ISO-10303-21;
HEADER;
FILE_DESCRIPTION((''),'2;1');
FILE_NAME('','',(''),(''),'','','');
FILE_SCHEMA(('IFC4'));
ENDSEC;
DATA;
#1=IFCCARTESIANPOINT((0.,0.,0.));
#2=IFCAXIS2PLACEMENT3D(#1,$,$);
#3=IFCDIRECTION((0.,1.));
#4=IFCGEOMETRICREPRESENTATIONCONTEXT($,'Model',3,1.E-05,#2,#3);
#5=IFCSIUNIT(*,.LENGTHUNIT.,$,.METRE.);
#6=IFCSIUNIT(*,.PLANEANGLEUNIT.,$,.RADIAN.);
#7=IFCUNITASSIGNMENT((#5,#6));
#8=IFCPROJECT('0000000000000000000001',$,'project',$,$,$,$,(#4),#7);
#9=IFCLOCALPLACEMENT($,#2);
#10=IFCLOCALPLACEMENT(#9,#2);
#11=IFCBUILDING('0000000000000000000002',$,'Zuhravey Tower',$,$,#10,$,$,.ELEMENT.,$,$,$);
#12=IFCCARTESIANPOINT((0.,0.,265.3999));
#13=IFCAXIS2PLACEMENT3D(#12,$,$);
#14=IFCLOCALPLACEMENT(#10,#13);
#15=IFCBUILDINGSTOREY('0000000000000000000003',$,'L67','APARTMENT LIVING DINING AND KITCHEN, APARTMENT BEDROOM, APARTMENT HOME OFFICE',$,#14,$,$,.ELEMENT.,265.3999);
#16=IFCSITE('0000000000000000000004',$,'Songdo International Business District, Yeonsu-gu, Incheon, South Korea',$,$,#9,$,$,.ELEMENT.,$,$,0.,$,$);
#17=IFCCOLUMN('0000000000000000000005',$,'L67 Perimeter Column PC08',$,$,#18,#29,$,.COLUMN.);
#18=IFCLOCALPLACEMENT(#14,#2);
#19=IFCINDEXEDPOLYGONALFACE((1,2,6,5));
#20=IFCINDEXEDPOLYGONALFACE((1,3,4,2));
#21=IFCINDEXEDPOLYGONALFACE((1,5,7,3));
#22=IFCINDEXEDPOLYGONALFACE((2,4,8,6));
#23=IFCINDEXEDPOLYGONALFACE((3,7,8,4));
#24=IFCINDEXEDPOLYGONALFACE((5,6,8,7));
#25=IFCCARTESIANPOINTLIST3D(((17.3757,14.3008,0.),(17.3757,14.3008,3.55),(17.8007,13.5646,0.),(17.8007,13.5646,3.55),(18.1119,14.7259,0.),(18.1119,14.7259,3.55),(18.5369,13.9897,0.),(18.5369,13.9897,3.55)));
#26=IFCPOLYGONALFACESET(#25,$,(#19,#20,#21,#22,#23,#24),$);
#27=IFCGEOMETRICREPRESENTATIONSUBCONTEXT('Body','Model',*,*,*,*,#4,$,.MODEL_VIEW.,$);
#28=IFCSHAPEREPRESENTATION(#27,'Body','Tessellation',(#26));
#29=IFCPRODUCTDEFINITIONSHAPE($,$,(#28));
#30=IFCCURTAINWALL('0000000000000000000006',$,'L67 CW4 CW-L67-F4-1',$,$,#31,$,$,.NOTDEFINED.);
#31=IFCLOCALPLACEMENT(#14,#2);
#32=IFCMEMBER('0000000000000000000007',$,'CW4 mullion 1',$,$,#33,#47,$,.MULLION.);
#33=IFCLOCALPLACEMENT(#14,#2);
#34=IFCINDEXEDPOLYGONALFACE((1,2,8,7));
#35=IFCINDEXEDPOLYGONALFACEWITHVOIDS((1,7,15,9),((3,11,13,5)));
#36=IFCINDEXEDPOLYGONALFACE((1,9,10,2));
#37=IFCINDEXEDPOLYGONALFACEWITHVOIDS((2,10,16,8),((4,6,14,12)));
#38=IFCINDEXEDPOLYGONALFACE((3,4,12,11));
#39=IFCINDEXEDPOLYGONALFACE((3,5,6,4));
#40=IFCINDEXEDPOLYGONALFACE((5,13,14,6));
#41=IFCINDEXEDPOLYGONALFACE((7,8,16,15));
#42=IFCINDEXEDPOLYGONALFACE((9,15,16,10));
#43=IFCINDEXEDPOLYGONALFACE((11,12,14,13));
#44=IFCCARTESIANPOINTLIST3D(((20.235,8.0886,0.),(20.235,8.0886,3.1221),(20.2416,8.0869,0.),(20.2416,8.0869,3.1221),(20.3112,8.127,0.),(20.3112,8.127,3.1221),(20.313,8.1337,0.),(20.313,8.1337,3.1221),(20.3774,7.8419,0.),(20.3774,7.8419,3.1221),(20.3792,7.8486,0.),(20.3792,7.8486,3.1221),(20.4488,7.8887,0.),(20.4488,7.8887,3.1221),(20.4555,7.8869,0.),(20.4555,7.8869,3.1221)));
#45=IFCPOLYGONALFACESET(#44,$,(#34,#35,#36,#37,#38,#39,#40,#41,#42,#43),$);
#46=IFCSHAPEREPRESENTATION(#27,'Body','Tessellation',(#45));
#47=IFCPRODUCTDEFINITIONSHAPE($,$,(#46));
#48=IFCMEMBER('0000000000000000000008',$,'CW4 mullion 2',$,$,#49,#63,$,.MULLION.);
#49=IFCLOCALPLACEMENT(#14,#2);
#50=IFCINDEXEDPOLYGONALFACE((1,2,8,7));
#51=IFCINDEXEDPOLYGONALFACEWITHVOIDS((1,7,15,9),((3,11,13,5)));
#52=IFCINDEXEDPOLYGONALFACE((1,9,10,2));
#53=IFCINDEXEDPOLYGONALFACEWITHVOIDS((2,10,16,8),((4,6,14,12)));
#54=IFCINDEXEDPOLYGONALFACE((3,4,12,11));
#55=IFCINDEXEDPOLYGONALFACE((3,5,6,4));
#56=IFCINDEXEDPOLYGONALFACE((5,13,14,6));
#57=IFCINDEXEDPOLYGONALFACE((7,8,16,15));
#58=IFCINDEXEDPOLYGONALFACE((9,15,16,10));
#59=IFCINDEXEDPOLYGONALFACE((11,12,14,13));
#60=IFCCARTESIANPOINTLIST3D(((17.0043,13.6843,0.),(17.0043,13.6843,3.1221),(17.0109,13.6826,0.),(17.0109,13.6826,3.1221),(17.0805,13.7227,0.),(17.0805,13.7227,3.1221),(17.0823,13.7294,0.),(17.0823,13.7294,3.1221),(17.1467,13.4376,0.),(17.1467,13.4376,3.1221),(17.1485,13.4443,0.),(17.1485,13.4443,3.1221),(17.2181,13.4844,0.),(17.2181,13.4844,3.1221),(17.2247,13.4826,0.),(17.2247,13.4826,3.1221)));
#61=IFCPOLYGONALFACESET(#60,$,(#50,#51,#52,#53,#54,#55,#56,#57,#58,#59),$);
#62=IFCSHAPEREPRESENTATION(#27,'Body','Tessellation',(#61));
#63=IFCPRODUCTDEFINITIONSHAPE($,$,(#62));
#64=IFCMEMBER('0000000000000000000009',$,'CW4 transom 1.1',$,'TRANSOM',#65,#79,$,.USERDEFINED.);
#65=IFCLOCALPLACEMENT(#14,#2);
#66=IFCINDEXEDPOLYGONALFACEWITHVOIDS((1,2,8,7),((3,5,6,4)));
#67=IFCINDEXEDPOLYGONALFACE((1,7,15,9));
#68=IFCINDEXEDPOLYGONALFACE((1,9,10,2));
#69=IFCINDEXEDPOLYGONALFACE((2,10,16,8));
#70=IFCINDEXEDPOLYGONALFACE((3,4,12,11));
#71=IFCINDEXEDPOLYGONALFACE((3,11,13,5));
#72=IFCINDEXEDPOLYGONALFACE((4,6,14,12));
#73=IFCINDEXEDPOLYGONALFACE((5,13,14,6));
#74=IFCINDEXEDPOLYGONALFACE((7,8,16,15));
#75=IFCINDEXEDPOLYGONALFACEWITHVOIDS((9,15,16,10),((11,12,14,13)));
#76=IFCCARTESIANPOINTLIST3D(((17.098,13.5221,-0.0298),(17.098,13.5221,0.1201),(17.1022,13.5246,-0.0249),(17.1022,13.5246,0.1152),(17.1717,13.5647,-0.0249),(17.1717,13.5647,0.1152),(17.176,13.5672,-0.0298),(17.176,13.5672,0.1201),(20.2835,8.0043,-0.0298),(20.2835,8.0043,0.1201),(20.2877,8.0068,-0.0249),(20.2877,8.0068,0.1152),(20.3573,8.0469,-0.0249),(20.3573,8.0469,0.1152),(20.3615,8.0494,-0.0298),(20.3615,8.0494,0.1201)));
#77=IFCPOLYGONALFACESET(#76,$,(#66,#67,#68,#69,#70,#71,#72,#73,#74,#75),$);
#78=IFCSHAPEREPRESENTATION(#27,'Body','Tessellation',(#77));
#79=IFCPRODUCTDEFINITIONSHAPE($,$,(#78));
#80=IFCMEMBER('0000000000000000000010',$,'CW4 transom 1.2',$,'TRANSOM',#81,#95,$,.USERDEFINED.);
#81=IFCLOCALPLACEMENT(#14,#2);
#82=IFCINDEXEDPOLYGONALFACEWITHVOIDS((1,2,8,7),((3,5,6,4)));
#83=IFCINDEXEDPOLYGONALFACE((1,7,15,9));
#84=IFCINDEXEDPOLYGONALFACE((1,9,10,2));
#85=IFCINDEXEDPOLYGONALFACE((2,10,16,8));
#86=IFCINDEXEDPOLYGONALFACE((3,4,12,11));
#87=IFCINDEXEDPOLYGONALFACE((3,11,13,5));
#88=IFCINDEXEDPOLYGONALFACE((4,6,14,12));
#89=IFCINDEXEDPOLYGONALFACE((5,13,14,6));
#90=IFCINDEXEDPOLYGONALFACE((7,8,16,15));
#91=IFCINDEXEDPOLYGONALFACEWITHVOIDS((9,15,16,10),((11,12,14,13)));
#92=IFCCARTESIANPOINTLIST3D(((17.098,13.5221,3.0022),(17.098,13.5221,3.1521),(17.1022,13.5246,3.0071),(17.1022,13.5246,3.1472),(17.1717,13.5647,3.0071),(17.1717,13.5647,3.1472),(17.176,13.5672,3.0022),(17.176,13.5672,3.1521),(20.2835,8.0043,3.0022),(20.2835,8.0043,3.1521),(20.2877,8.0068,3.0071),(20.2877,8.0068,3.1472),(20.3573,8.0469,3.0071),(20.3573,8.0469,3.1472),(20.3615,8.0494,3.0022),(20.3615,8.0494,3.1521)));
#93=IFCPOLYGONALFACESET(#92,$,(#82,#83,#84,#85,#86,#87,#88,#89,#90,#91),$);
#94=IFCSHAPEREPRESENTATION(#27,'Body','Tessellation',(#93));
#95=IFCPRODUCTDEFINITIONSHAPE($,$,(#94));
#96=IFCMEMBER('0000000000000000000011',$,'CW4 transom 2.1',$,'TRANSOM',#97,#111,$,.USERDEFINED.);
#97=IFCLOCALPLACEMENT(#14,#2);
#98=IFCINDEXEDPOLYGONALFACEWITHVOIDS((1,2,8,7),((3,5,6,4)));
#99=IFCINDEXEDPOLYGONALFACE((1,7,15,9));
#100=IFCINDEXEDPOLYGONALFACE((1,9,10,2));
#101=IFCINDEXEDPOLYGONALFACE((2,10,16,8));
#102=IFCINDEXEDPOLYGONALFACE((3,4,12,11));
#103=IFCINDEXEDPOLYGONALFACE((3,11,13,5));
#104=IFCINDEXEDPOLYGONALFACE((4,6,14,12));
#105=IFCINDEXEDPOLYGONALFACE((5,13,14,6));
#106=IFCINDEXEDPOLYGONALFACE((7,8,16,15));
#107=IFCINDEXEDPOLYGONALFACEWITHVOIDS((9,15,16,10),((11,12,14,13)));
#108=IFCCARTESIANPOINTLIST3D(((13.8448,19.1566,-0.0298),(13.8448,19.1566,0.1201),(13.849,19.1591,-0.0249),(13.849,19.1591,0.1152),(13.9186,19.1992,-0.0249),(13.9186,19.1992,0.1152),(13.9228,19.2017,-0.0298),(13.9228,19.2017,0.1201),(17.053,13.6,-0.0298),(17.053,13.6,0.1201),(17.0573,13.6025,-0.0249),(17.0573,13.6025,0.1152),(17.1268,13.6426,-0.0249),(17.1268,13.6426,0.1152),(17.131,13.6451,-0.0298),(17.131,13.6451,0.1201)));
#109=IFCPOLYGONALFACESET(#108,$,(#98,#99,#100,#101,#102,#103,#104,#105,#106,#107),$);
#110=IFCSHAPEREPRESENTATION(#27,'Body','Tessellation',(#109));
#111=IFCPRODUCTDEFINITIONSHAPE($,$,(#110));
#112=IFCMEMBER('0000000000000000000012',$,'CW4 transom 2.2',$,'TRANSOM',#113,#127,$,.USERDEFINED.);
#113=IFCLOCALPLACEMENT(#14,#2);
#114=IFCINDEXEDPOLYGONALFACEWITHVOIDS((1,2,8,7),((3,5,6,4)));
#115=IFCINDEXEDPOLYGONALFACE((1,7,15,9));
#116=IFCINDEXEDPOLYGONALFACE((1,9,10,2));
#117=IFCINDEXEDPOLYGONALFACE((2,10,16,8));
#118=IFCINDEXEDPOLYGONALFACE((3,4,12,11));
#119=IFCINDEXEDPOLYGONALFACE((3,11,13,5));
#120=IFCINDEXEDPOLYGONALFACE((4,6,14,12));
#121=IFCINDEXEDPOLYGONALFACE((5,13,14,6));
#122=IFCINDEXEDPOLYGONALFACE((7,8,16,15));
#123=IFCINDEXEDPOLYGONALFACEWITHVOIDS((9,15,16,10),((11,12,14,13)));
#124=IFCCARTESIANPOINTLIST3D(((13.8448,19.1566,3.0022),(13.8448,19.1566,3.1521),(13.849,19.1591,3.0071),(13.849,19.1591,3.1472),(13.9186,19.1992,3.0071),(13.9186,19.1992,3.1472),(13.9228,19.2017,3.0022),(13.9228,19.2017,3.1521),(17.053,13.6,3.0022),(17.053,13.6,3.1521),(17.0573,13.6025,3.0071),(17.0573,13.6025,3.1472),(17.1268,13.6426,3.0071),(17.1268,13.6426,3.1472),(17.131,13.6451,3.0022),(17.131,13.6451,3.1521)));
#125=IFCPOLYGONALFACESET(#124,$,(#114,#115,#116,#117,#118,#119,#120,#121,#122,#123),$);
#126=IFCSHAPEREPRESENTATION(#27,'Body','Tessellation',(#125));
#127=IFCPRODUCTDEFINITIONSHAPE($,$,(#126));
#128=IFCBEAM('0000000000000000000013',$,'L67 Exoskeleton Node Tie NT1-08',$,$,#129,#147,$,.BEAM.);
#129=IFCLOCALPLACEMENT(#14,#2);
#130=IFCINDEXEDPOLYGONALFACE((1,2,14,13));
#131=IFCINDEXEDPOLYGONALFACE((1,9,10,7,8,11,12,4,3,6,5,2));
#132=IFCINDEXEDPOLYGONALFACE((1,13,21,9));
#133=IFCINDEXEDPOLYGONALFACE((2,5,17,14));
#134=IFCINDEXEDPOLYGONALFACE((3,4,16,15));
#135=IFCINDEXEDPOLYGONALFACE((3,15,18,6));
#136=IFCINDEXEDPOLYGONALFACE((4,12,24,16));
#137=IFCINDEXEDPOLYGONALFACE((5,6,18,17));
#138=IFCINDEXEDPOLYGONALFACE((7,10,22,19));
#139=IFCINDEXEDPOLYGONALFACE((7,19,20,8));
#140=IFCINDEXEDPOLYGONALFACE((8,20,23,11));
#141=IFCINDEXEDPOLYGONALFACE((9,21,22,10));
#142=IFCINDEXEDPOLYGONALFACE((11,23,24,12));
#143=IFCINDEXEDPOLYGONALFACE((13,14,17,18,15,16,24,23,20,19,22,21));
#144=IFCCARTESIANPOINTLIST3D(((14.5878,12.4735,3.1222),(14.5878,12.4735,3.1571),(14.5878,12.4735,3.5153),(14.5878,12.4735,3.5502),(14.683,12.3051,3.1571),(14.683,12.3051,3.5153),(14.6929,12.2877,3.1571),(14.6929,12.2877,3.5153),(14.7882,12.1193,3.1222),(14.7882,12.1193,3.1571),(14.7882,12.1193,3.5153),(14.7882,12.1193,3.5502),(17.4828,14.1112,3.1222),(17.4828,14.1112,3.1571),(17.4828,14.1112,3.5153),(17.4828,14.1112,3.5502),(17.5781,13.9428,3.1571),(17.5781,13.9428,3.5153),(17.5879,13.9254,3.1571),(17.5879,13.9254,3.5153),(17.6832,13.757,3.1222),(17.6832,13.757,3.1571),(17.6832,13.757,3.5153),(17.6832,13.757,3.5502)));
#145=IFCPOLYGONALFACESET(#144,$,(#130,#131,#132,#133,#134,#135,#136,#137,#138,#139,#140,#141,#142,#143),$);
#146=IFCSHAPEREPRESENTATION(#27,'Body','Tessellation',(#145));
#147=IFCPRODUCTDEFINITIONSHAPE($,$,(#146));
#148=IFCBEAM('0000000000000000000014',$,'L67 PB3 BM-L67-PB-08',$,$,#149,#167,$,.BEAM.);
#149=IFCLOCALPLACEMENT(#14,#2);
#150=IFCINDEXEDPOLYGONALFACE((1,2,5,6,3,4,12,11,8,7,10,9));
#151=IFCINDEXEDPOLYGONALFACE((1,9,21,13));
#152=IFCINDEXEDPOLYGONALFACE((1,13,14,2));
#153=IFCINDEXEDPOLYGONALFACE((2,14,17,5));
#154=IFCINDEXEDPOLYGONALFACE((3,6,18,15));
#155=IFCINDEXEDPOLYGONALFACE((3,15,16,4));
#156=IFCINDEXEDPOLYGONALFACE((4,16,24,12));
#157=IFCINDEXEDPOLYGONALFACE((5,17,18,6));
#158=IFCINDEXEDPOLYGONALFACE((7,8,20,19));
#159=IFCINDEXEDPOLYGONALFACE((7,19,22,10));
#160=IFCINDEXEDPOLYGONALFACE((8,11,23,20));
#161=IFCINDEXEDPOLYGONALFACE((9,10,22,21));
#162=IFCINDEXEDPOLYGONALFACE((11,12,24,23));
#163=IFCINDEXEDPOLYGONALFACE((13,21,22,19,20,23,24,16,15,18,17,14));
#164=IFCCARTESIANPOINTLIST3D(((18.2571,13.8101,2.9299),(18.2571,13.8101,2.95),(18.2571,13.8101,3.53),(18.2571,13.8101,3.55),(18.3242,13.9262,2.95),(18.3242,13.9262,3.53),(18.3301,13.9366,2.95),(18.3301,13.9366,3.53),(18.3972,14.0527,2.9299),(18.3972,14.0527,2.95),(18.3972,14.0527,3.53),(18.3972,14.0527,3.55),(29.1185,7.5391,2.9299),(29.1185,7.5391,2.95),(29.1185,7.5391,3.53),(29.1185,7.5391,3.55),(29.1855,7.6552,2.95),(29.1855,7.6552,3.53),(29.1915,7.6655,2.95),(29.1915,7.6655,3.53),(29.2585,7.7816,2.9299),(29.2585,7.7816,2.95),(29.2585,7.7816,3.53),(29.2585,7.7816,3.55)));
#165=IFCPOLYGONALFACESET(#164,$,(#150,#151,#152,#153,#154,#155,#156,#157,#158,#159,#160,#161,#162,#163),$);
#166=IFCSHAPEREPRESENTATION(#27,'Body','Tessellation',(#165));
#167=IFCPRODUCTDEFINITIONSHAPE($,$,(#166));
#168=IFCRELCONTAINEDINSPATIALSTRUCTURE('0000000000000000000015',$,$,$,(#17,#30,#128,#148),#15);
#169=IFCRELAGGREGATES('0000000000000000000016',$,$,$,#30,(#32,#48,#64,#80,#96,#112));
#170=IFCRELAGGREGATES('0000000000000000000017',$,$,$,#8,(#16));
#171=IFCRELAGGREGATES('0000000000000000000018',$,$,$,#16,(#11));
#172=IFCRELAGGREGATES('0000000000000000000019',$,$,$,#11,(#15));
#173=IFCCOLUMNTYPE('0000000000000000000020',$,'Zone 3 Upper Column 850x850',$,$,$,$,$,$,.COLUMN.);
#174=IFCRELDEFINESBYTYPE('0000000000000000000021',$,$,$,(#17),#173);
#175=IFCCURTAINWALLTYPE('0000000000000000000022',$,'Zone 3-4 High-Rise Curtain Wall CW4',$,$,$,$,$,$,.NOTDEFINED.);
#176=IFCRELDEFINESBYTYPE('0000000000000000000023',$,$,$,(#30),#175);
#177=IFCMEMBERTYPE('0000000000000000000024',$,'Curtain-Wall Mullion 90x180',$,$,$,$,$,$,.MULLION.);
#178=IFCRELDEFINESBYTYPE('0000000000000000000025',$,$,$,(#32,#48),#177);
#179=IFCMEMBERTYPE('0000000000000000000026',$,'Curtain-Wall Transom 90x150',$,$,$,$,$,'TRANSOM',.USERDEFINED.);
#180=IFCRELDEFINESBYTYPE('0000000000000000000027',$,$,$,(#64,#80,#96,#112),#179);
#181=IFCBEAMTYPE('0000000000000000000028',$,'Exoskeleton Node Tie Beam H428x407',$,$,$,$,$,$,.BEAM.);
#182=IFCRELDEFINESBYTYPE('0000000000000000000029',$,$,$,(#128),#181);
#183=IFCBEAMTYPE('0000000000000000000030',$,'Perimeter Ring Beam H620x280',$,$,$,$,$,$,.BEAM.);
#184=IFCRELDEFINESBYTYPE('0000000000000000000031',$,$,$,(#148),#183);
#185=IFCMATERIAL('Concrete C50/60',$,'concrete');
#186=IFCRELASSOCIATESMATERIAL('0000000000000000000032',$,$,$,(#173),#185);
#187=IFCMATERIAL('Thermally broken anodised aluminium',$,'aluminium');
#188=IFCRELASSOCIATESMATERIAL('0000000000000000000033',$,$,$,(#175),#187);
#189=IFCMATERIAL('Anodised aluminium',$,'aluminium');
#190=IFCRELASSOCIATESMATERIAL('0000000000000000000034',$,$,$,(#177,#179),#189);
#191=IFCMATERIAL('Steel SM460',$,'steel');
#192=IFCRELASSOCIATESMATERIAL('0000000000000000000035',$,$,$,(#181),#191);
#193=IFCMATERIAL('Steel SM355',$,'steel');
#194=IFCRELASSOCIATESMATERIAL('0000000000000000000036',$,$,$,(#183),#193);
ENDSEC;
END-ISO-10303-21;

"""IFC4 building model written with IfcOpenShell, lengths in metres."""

from ifc_helpers import new_model, si_unit, direction, frame, origin, origin_2d, place, context, subcontext, project, spatial, rectangle, hollow_rectangle, i_section, extrude, material, material_profile, profile_set, type_object, element, aggregate, save


model = new_model("IFC4")

# Units and contexts
model_context = context("Model", 3, precision=1e-05, world=origin(), true_north=direction((0.0, 1.0)))
body_context = subcontext(model_context, "Body", "Model", "MODEL_VIEW")
ifc_project = project(units=[si_unit("LENGTHUNIT", "METRE"), si_unit("PLANEANGLEUNIT", "RADIAN")], contexts=[model_context])

# Site, building, storey
site_placement = place(None, origin())
site = spatial("IfcSite", under=ifc_project, at=site_placement, Name="Songdo International Business District, Yeonsu-gu, Incheon, South Korea", CompositionType="ELEMENT", RefElevation=0.0)
building_placement = place(site_placement, origin())
building = spatial("IfcBuilding", under=site, at=building_placement, Name="Zuhravey Tower", CompositionType="ELEMENT")
storey_placement = place(building_placement, frame((0.0, 0.0, 265.3999)))
storey = spatial("IfcBuildingStorey", under=building, at=storey_placement, Name="L67", Description="APARTMENT LIVING DINING AND KITCHEN, APARTMENT BEDROOM, APARTMENT HOME OFFICE", CompositionType="ELEMENT", Elevation=265.3999)

# Column
ifc_material_1 = material(Name="Concrete C50/60", Category="concrete")
ifc_material_profile_1 = material_profile(ifc_material_1, rectangle(XDim=0.8501, YDim=0.8501, at=origin_2d()), Name="RC-850x850")
ifc_profile_set_1 = profile_set([ifc_material_profile_1], Name="Concrete C50/60")
column_type = type_object("IfcColumnType", Name="Zone 3 Upper Column 850x850", PredefinedType="COLUMN", material=ifc_profile_set_1)
column_placement = place(storey_placement, frame((17.9563, 14.1453, 0.0), z_axis=(0.0, 0.0, 1.0), x_axis=(0.5, -0.866025, 0.0)))
element("IfcColumn", 1, at=column_placement, inside=storey, type_object=column_type, Name="L67 Perimeter Column PC08", PredefinedType="COLUMN", context=body_context, shape_type="SweptSolid", body=[
    extrude(rectangle(XDim=0.8501, YDim=0.8501, at=origin_2d()), origin(), (0.0, 0.0, 1.0), 3.55),
])

# Curtain wall, members
ifc_material_2 = material(Name="Thermally broken anodised aluminium", Category="aluminium")
curtain_wall_type = type_object("IfcCurtainWallType", Name="Zone 3-4 High-Rise Curtain Wall CW4", PredefinedType="NOTDEFINED", material=ifc_material_2)
curtain_wall_placement = place(storey_placement, origin())
curtain_wall = element("IfcCurtainWall", 2, at=curtain_wall_placement, inside=storey, type_object=curtain_wall_type, Name="L67 CW4 CW-L67-F4-1", PredefinedType="NOTDEFINED")
ifc_material_3 = material(Name="Anodised aluminium", Category="aluminium")
ifc_material_profile_2 = material_profile(ifc_material_3, hollow_rectangle(XDim=0.0901, YDim=0.2849, WallThickness=0.0049, at=origin_2d()), Name="ALU-RHS-90x285x5")
ifc_profile_set_2 = profile_set([ifc_material_profile_2], Name="Anodised aluminium")
member_type_1 = type_object("IfcMemberType", Name="Curtain-Wall Mullion 90x180", PredefinedType="MULLION", material=ifc_profile_set_2)
member_1_placement = place(storey_placement, frame((20.3452, 7.9878, 0.0), z_axis=(0.0, 0.0, 1.0), x_axis=(-0.866025, -0.500001, 0.0)))
member_1 = element("IfcMember", 3, at=member_1_placement, type_object=member_type_1, Name="CW4 mullion 1", PredefinedType="MULLION", context=body_context, shape_type="SweptSolid", body=[
    extrude(hollow_rectangle(XDim=0.0901, YDim=0.2849, WallThickness=0.0049, at=origin_2d()), origin(), (0.0, 0.0, 1.0), 3.1221),
])
member_2_placement = place(storey_placement, frame((17.1145, 13.5835, 0.0), z_axis=(0.0, 0.0, 1.0), x_axis=(-0.866025, -0.500001, 0.0)))
member_2 = element("IfcMember", 4, at=member_2_placement, type_object=member_type_1, Name="CW4 mullion 2", PredefinedType="MULLION", context=body_context, shape_type="SweptSolid", body=[
    extrude(hollow_rectangle(XDim=0.0901, YDim=0.2849, WallThickness=0.0049, at=origin_2d()), origin(), (0.0, 0.0, 1.0), 3.1221),
])
ifc_material_profile_3 = material_profile(ifc_material_3, hollow_rectangle(XDim=0.0901, YDim=0.1499, WallThickness=0.0049, at=origin_2d()), Name="ALU-RHS-90x150x5")
ifc_profile_set_3 = profile_set([ifc_material_profile_3], Name="Anodised aluminium")
member_type_2 = type_object("IfcMemberType", Name="Curtain-Wall Transom 90x150", ElementType="TRANSOM", PredefinedType="USERDEFINED", material=ifc_profile_set_3)
member_3_placement = place(storey_placement, frame((20.3225, 8.0269, 0.0452), z_axis=(-0.49998, 0.866037, 0.0), x_axis=(-0.866037, -0.49998, 0.0)))
member_3 = element("IfcMember", 5, at=member_3_placement, type_object=member_type_2, Name="CW4 transom 1.1", ObjectType="TRANSOM", PredefinedType="USERDEFINED", context=body_context, shape_type="SweptSolid", body=[
    extrude(hollow_rectangle(XDim=0.0901, YDim=0.1499, WallThickness=0.0049, at=origin_2d()), origin(), (0.0, 0.0, 1.0), 6.3713),
])
member_4_placement = place(storey_placement, frame((20.3225, 8.0269, 3.0771), z_axis=(-0.49998, 0.866037, 0.0), x_axis=(-0.866037, -0.49998, 0.0)))
member_4 = element("IfcMember", 6, at=member_4_placement, type_object=member_type_2, Name="CW4 transom 1.2", ObjectType="TRANSOM", PredefinedType="USERDEFINED", context=body_context, shape_type="SweptSolid", body=[
    extrude(hollow_rectangle(XDim=0.0901, YDim=0.1499, WallThickness=0.0049, at=origin_2d()), origin(), (0.0, 0.0, 1.0), 6.3713),
])
member_5_placement = place(storey_placement, frame((17.092, 13.6226, 0.0452), z_axis=(-0.500014, 0.866017, 0.0), x_axis=(-0.866017, -0.500014, 0.0)))
member_5 = element("IfcMember", 7, at=member_5_placement, type_object=member_type_2, Name="CW4 transom 2.1", ObjectType="TRANSOM", PredefinedType="USERDEFINED", context=body_context, shape_type="SweptSolid", body=[
    extrude(hollow_rectangle(XDim=0.0901, YDim=0.1499, WallThickness=0.0049, at=origin_2d()), origin(), (0.0, 0.0, 1.0), 6.4163),
])
member_6_placement = place(storey_placement, frame((17.092, 13.6226, 3.0771), z_axis=(-0.500014, 0.866017, 0.0), x_axis=(-0.866017, -0.500014, 0.0)))
member_6 = element("IfcMember", 8, at=member_6_placement, type_object=member_type_2, Name="CW4 transom 2.2", ObjectType="TRANSOM", PredefinedType="USERDEFINED", context=body_context, shape_type="SweptSolid", body=[
    extrude(hollow_rectangle(XDim=0.0901, YDim=0.1499, WallThickness=0.0049, at=origin_2d()), origin(), (0.0, 0.0, 1.0), 6.4163),
])

# Beams
ifc_material_4 = material(Name="Steel SM460", Category="steel")
ifc_material_profile_4 = material_profile(ifc_material_4, i_section(OverallWidth=0.407, OverallDepth=0.428, WebThickness=0.02, FlangeThickness=0.0349, at=origin_2d()), Name="H-428x407x20x35")
ifc_profile_set_4 = profile_set([ifc_material_profile_4], Name="Steel SM460")
beam_type_1 = type_object("IfcBeamType", Name="Exoskeleton Node Tie Beam H428x407", PredefinedType="BEAM", material=ifc_profile_set_4)
beam_1_placement = place(storey_placement, frame((17.583, 13.9341, 3.3362), z_axis=(-0.870385, -0.492372, 0.0), x_axis=(0.492372, -0.870385, 0.0)))
element("IfcBeam", 9, at=beam_1_placement, inside=storey, type_object=beam_type_1, Name="L67 Exoskeleton Node Tie NT1-08", PredefinedType="BEAM", context=body_context, shape_type="SweptSolid", body=[
    extrude(i_section(OverallWidth=0.407, OverallDepth=0.428, WebThickness=0.02, FlangeThickness=0.0349, at=origin_2d()), origin(), (0.0, 0.0, 1.0), 3.3262),
])
ifc_material_5 = material(Name="Steel SM355", Category="steel")
ifc_material_profile_5 = material_profile(ifc_material_5, i_section(OverallWidth=0.28, OverallDepth=0.6201, WebThickness=0.012, FlangeThickness=0.02, at=origin_2d()), Name="H-620x280x12x20")
ifc_profile_set_5 = profile_set([ifc_material_profile_5], Name="Steel SM355")
beam_type_2 = type_object("IfcBeamType", Name="Perimeter Ring Beam H620x280", PredefinedType="BEAM", material=ifc_profile_set_5)
beam_2_placement = place(storey_placement, frame((18.3271, 13.9314, 3.24), z_axis=(0.866018, -0.500012, 0.0), x_axis=(0.500012, 0.866018, 0.0)))
element("IfcBeam", 10, at=beam_2_placement, inside=storey, type_object=beam_type_2, Name="L67 PB3 BM-L67-PB-08", PredefinedType="BEAM", context=body_context, shape_type="SweptSolid", body=[
    extrude(i_section(OverallWidth=0.28, OverallDepth=0.6201, WebThickness=0.012, FlangeThickness=0.02, at=origin_2d()), origin(), (0.0, 0.0, 1.0), 12.5417),
])

aggregate(curtain_wall, [member_1, member_2, member_3, member_4, member_5, member_6])

save(model, "model.ifc")
